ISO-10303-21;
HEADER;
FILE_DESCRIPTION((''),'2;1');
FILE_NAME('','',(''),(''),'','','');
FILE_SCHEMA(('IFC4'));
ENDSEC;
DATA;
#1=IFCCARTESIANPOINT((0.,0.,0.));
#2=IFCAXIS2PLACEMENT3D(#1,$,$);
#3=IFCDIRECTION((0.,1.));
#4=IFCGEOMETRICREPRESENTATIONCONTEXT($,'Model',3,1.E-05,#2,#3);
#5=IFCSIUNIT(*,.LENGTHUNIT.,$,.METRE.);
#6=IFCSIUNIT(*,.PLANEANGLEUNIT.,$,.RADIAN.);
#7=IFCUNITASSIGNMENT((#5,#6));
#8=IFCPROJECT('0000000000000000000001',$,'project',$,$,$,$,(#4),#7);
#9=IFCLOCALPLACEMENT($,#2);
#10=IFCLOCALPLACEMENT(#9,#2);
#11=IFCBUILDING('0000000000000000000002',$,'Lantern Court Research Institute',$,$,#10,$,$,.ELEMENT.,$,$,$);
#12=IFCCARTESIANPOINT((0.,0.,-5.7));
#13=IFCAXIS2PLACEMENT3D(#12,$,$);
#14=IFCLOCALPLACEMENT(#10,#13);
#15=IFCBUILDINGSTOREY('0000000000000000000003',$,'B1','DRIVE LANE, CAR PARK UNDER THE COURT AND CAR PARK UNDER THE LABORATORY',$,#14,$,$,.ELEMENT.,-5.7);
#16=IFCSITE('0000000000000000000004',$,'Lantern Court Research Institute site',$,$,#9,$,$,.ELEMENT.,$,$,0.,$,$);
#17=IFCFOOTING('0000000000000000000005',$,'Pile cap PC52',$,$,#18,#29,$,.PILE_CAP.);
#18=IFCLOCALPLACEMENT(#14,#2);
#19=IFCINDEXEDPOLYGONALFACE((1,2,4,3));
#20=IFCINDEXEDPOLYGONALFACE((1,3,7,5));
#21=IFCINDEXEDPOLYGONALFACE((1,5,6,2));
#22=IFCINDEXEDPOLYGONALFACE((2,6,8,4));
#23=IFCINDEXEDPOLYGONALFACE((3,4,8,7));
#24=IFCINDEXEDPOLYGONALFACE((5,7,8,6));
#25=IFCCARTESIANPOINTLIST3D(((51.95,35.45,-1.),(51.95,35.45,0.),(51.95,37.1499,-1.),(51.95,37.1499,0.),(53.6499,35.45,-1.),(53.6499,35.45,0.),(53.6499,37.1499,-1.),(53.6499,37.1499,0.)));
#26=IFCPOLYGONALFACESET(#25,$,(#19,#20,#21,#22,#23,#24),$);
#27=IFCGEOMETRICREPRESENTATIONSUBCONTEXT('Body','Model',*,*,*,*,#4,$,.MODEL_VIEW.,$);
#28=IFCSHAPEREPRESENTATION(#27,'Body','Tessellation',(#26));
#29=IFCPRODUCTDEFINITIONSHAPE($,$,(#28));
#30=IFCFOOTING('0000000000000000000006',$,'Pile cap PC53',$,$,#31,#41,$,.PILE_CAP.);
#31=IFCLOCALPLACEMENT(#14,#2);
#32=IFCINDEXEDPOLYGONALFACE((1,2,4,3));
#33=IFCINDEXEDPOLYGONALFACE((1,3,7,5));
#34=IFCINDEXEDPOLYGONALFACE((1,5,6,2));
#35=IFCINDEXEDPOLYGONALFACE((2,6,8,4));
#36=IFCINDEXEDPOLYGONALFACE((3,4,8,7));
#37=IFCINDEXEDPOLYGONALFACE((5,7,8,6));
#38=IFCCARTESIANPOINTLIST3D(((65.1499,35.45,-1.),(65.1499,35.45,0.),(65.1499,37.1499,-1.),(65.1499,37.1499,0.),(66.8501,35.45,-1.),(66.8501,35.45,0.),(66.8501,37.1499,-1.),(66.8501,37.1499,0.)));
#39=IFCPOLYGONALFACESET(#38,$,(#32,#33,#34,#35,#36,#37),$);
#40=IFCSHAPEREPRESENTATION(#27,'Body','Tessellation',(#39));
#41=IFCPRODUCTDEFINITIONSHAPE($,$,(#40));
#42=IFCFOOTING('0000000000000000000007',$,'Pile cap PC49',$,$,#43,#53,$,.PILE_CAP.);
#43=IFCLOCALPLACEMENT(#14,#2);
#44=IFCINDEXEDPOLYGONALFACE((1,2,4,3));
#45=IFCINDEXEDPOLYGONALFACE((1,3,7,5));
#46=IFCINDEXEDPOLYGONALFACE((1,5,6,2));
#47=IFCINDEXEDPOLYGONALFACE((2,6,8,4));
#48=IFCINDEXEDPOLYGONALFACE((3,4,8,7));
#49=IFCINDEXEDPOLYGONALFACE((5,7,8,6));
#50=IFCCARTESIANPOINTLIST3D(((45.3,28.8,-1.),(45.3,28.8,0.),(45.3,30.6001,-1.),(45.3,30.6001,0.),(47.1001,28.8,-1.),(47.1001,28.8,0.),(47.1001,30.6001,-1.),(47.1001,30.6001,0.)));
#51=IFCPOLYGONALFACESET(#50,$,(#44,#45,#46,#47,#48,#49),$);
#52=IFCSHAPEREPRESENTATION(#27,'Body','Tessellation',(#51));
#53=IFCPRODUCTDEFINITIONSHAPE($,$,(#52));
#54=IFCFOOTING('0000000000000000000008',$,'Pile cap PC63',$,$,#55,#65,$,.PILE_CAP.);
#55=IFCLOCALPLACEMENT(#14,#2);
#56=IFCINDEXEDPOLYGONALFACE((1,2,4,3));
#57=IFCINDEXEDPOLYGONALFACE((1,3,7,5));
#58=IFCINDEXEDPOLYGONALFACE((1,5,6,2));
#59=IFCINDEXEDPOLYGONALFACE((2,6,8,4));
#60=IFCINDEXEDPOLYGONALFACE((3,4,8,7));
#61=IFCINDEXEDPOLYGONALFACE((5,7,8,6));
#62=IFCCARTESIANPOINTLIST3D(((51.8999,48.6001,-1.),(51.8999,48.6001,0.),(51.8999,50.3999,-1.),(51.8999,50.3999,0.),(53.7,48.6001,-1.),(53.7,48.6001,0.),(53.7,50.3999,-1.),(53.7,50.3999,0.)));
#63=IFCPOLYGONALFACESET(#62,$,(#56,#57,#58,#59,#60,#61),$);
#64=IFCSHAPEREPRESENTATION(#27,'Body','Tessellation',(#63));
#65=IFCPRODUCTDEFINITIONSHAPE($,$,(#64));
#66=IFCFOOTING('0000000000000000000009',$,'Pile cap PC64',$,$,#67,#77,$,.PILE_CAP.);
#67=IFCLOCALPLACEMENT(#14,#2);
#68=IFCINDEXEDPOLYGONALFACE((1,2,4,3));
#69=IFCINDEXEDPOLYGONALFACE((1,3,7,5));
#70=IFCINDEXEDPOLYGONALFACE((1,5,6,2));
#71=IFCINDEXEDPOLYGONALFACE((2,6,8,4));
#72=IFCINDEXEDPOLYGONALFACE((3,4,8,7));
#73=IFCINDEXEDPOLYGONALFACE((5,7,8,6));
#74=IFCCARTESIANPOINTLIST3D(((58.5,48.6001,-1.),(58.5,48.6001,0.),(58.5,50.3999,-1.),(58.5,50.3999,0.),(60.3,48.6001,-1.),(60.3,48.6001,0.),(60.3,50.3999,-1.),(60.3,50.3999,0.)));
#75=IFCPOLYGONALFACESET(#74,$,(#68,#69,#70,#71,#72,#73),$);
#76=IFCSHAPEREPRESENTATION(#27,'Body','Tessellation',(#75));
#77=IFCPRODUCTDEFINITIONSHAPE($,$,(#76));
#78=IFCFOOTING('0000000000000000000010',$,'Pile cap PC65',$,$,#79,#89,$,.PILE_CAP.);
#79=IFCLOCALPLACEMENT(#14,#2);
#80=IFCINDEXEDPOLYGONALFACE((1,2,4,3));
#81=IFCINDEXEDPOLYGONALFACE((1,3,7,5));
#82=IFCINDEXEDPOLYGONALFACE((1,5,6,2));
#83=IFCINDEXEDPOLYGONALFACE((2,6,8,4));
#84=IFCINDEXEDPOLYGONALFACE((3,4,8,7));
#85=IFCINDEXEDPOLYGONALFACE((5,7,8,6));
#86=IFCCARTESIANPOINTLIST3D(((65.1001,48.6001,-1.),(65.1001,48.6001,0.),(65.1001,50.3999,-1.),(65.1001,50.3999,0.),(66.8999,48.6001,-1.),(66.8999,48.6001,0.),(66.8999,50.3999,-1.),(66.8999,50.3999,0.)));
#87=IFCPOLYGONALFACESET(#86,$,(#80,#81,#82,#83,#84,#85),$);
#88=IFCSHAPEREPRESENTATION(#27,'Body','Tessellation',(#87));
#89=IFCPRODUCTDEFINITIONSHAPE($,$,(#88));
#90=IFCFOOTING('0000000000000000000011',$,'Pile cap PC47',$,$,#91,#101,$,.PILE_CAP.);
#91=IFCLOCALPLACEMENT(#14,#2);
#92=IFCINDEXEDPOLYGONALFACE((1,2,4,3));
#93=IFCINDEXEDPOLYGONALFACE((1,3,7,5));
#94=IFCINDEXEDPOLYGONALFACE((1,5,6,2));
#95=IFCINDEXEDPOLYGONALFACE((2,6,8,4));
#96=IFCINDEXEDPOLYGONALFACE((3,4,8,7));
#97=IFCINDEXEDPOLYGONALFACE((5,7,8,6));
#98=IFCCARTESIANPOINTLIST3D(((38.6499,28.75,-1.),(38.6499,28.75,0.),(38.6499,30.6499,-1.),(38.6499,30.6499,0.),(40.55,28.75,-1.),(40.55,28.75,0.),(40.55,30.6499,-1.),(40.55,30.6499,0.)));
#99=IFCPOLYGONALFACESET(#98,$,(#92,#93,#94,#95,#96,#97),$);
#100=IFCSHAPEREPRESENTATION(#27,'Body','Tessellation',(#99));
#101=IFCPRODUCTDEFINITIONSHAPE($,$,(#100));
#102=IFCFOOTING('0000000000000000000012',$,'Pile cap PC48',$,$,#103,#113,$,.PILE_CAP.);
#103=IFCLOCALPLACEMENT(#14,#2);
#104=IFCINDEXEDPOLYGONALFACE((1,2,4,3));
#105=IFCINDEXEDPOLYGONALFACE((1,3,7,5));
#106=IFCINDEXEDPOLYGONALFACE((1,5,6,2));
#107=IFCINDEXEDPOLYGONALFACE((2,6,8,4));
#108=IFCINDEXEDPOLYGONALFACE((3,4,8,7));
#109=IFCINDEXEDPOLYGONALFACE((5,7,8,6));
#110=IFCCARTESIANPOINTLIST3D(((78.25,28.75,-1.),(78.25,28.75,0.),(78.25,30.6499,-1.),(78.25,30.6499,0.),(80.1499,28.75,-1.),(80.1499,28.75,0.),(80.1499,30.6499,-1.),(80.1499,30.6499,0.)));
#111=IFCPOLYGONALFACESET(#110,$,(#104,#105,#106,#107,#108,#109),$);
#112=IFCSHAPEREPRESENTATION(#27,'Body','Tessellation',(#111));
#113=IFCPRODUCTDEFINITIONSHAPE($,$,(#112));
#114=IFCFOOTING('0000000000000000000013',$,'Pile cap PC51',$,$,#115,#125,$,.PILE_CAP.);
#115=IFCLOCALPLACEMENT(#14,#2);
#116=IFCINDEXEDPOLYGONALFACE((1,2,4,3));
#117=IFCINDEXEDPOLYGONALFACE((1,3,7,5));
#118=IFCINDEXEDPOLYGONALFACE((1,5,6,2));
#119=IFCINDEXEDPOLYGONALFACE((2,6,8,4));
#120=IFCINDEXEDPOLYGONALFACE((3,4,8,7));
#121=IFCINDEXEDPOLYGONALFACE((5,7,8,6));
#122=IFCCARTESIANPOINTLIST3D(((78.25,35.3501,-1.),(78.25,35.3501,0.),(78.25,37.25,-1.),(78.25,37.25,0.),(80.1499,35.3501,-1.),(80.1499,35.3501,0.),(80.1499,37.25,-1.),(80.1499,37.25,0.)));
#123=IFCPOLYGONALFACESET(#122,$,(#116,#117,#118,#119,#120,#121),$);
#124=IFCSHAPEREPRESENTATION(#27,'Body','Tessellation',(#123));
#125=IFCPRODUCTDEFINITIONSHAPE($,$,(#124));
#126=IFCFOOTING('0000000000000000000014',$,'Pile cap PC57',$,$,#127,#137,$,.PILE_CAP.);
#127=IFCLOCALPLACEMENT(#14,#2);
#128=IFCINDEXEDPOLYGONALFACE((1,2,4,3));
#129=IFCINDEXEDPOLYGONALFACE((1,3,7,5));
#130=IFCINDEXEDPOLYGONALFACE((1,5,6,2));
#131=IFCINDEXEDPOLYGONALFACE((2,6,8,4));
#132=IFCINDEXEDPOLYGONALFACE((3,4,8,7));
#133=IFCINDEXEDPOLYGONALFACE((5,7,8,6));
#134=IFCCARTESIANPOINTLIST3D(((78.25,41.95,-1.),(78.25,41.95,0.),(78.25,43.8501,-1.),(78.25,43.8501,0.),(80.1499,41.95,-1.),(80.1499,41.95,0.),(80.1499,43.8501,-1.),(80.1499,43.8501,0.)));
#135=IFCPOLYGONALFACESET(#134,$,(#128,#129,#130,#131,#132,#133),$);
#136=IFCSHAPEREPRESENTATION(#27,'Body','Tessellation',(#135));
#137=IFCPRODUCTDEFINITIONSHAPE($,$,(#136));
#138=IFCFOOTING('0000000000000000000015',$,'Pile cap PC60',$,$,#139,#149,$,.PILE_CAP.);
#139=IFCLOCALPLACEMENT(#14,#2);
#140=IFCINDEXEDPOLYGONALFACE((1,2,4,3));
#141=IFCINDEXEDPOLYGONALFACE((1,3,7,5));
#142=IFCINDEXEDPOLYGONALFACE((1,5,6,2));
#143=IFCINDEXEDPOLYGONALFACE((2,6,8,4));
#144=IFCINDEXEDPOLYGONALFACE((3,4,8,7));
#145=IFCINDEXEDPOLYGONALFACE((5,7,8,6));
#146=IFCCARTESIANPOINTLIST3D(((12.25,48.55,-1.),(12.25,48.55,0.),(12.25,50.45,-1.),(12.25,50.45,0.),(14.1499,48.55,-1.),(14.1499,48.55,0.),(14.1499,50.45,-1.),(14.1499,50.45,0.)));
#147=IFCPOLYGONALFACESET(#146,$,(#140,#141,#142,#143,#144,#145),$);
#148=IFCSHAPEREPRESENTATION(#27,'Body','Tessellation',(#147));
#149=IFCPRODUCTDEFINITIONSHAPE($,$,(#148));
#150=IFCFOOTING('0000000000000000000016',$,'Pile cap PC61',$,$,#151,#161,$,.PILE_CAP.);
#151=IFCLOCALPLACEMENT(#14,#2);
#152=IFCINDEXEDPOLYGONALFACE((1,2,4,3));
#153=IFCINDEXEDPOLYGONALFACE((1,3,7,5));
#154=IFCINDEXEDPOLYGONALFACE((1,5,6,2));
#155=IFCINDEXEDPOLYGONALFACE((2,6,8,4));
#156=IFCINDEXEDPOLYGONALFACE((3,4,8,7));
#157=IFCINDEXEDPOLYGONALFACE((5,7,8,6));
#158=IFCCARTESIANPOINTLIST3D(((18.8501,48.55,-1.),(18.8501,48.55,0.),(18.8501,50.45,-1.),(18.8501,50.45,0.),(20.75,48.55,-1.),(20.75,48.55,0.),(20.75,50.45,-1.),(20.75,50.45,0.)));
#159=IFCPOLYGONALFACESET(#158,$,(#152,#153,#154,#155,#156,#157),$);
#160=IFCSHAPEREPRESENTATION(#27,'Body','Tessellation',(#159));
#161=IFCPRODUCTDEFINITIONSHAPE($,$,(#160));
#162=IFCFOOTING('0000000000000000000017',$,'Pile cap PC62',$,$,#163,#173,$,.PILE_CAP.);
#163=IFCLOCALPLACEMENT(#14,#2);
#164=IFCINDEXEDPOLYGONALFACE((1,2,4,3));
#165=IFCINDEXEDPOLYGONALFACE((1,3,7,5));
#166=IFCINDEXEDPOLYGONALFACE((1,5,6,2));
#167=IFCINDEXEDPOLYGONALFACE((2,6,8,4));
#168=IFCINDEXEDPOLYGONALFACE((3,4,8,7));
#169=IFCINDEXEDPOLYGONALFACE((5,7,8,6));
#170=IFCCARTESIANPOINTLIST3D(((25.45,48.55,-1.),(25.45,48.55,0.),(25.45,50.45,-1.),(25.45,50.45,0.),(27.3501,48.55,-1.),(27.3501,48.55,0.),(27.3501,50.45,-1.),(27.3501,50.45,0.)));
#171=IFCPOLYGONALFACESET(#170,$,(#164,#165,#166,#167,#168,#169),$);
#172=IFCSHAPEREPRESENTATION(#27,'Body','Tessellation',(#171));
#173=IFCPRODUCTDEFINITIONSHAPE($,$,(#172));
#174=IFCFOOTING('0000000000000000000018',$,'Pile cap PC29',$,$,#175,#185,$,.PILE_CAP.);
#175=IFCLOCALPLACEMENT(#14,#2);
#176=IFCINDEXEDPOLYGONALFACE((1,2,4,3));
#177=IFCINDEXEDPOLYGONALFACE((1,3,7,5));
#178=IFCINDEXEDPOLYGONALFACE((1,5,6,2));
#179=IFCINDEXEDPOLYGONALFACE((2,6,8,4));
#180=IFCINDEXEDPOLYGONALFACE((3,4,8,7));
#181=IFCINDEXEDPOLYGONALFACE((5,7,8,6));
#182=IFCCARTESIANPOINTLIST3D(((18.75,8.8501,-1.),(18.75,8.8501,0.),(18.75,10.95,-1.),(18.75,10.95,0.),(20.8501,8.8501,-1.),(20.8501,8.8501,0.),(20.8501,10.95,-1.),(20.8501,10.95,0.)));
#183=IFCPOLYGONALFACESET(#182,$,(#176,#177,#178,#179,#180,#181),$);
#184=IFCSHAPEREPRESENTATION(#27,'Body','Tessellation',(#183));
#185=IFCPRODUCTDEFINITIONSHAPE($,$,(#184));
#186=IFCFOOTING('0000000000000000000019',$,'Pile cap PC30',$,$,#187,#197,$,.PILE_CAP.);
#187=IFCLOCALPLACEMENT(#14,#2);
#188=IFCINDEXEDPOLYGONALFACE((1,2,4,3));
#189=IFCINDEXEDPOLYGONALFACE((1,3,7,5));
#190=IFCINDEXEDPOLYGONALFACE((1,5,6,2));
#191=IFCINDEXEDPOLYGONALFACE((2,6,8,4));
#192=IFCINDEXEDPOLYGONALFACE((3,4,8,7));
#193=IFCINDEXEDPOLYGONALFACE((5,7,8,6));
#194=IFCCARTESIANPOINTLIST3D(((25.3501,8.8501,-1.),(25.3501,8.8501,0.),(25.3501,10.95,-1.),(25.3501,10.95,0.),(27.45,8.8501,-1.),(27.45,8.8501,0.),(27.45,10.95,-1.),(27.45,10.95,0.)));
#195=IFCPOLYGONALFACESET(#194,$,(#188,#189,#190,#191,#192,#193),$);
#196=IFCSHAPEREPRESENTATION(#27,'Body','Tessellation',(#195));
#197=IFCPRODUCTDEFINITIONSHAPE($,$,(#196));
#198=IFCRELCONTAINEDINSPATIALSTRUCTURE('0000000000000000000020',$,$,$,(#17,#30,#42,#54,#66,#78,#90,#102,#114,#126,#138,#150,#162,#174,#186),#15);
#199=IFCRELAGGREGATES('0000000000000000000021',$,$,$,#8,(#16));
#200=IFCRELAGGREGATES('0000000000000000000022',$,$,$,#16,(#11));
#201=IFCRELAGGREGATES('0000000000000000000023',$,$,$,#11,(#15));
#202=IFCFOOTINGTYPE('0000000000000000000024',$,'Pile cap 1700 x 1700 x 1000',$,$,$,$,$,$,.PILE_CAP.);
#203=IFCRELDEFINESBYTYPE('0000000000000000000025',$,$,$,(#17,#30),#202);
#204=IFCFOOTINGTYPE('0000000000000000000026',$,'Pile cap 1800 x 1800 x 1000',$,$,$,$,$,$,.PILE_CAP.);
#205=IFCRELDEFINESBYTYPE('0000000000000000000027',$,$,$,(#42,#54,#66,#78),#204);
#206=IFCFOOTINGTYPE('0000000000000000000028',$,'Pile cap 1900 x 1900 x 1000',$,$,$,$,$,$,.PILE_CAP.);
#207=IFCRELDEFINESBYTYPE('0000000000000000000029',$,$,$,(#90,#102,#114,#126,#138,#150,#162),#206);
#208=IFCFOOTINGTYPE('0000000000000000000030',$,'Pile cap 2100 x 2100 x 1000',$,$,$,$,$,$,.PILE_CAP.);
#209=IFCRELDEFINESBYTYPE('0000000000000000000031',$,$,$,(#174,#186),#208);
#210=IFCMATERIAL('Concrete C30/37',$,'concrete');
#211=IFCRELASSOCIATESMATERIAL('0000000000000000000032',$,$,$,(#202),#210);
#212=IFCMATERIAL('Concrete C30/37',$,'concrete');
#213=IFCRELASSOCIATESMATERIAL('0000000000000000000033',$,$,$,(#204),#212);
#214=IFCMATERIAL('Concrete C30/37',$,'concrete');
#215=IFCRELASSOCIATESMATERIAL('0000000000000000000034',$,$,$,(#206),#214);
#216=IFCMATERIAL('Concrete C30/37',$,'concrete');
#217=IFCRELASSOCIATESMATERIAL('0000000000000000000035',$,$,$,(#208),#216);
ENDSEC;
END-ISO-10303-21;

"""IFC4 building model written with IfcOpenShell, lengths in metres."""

from ifc_helpers import new_model, si_unit, direction, frame, origin, place, context, subcontext, project, spatial, polyline, outline, extrude, material, type_object, element, save


model = new_model("IFC4")

# Units and contexts
model_context = context("Model", 3, precision=1e-05, world=origin(), true_north=direction((0.0, 1.0)))
body_context = subcontext(model_context, "Body", "Model", "MODEL_VIEW")
ifc_project = project(units=[si_unit("LENGTHUNIT", "METRE"), si_unit("PLANEANGLEUNIT", "RADIAN")], contexts=[model_context])

# Site, building, storey
site_placement = place(None, origin())
site = spatial("IfcSite", under=ifc_project, at=site_placement, Name="Lantern Court Research Institute site", CompositionType="ELEMENT", RefElevation=0.0)
building_placement = place(site_placement, origin())
building = spatial("IfcBuilding", under=site, at=building_placement, Name="Lantern Court Research Institute", CompositionType="ELEMENT")
storey_placement = place(building_placement, frame((0.0, 0.0, -5.7)))
storey = spatial("IfcBuildingStorey", under=building, at=storey_placement, Name="B1", Description="DRIVE LANE, CAR PARK UNDER THE COURT AND CAR PARK UNDER THE LABORATORY", CompositionType="ELEMENT", Elevation=-5.7)

# Footings
ifc_material_1 = material(Name="Concrete C30/37", Category="concrete")
footing_type_1 = type_object("IfcFootingType", Name="Pile cap 1700 x 1700 x 1000", PredefinedType="PILE_CAP", material=ifc_material_1)
footing_1_placement = place(storey_placement, frame((0.0, 0.0, -1.0)))
element("IfcFooting", 1, at=footing_1_placement, inside=storey, type_object=footing_type_1, Name="Pile cap PC52", PredefinedType="PILE_CAP", context=body_context, shape_type="SweptSolid", body=[
    extrude(outline(polyline([(51.95, 35.45), (53.6499, 35.45), (53.6499, 37.1499), (51.95, 37.1499), (51.95, 35.45)])), origin(), (0.0, 0.0, 1.0), 1.0),
])
footing_2_placement = place(storey_placement, frame((0.0, 0.0, -1.0)))
element("IfcFooting", 2, at=footing_2_placement, inside=storey, type_object=footing_type_1, Name="Pile cap PC53", PredefinedType="PILE_CAP", context=body_context, shape_type="SweptSolid", body=[
    extrude(outline(polyline([(65.1499, 35.45), (66.8501, 35.45), (66.8501, 37.1499), (65.1499, 37.1499), (65.1499, 35.45)])), origin(), (0.0, 0.0, 1.0), 1.0),
])
ifc_material_2 = material(Name="Concrete C30/37", Category="concrete")
footing_type_2 = type_object("IfcFootingType", Name="Pile cap 1800 x 1800 x 1000", PredefinedType="PILE_CAP", material=ifc_material_2)
footing_3_placement = place(storey_placement, frame((0.0, 0.0, -1.0)))
element("IfcFooting", 3, at=footing_3_placement, inside=storey, type_object=footing_type_2, Name="Pile cap PC49", PredefinedType="PILE_CAP", context=body_context, shape_type="SweptSolid", body=[
    extrude(outline(polyline([(45.3, 28.8), (47.1001, 28.8), (47.1001, 30.6001), (45.3, 30.6001), (45.3, 28.8)])), origin(), (0.0, 0.0, 1.0), 1.0),
])
footing_4_placement = place(storey_placement, frame((0.0, 0.0, -1.0)))
element("IfcFooting", 4, at=footing_4_placement, inside=storey, type_object=footing_type_2, Name="Pile cap PC63", PredefinedType="PILE_CAP", context=body_context, shape_type="SweptSolid", body=[
    extrude(outline(polyline([(51.8999, 48.6001), (53.7, 48.6001), (53.7, 50.3999), (51.8999, 50.3999), (51.8999, 48.6001)])), origin(), (0.0, 0.0, 1.0), 1.0),
])
footing_5_placement = place(storey_placement, frame((0.0, 0.0, -1.0)))
element("IfcFooting", 5, at=footing_5_placement, inside=storey, type_object=footing_type_2, Name="Pile cap PC64", PredefinedType="PILE_CAP", context=body_context, shape_type="SweptSolid", body=[
    extrude(outline(polyline([(58.5, 48.6001), (60.3, 48.6001), (60.3, 50.3999), (58.5, 50.3999), (58.5, 48.6001)])), origin(), (0.0, 0.0, 1.0), 1.0),
])
footing_6_placement = place(storey_placement, frame((0.0, 0.0, -1.0)))
element("IfcFooting", 6, at=footing_6_placement, inside=storey, type_object=footing_type_2, Name="Pile cap PC65", PredefinedType="PILE_CAP", context=body_context, shape_type="SweptSolid", body=[
    extrude(outline(polyline([(65.1001, 48.6001), (66.8999, 48.6001), (66.8999, 50.3999), (65.1001, 50.3999), (65.1001, 48.6001)])), origin(), (0.0, 0.0, 1.0), 1.0),
])
ifc_material_3 = material(Name="Concrete C30/37", Category="concrete")
footing_type_3 = type_object("IfcFootingType", Name="Pile cap 1900 x 1900 x 1000", PredefinedType="PILE_CAP", material=ifc_material_3)
footing_7_placement = place(storey_placement, frame((0.0, 0.0, -1.0)))
element("IfcFooting", 7, at=footing_7_placement, inside=storey, type_object=footing_type_3, Name="Pile cap PC47", PredefinedType="PILE_CAP", context=body_context, shape_type="SweptSolid", body=[
    extrude(outline(polyline([(38.6499, 28.75), (40.55, 28.75), (40.55, 30.6499), (38.6499, 30.6499), (38.6499, 28.75)])), origin(), (0.0, 0.0, 1.0), 1.0),
])
footing_8_placement = place(storey_placement, frame((0.0, 0.0, -1.0)))
element("IfcFooting", 8, at=footing_8_placement, inside=storey, type_object=footing_type_3, Name="Pile cap PC48", PredefinedType="PILE_CAP", context=body_context, shape_type="SweptSolid", body=[
    extrude(outline(polyline([(78.25, 28.75), (80.1499, 28.75), (80.1499, 30.6499), (78.25, 30.6499), (78.25, 28.75)])), origin(), (0.0, 0.0, 1.0), 1.0),
])
footing_9_placement = place(storey_placement, frame((0.0, 0.0, -1.0)))
element("IfcFooting", 9, at=footing_9_placement, inside=storey, type_object=footing_type_3, Name="Pile cap PC51", PredefinedType="PILE_CAP", context=body_context, shape_type="SweptSolid", body=[
    extrude(outline(polyline([(78.25, 35.3501), (80.1499, 35.3501), (80.1499, 37.25), (78.25, 37.25), (78.25, 35.3501)])), origin(), (0.0, 0.0, 1.0), 1.0),
])
footing_10_placement = place(storey_placement, frame((0.0, 0.0, -1.0)))
element("IfcFooting", 10, at=footing_10_placement, inside=storey, type_object=footing_type_3, Name="Pile cap PC57", PredefinedType="PILE_CAP", context=body_context, shape_type="SweptSolid", body=[
    extrude(outline(polyline([(78.25, 41.95), (80.1499, 41.95), (80.1499, 43.8501), (78.25, 43.8501), (78.25, 41.95)])), origin(), (0.0, 0.0, 1.0), 1.0),
])
footing_11_placement = place(storey_placement, frame((0.0, 0.0, -1.0)))
element("IfcFooting", 11, at=footing_11_placement, inside=storey, type_object=footing_type_3, Name="Pile cap PC60", PredefinedType="PILE_CAP", context=body_context, shape_type="SweptSolid", body=[
    extrude(outline(polyline([(12.25, 48.55), (14.1499, 48.55), (14.1499, 50.45), (12.25, 50.45), (12.25, 48.55)])), origin(), (0.0, 0.0, 1.0), 1.0),
])
footing_12_placement = place(storey_placement, frame((0.0, 0.0, -1.0)))
element("IfcFooting", 12, at=footing_12_placement, inside=storey, type_object=footing_type_3, Name="Pile cap PC61", PredefinedType="PILE_CAP", context=body_context, shape_type="SweptSolid", body=[
    extrude(outline(polyline([(18.8501, 48.55), (20.75, 48.55), (20.75, 50.45), (18.8501, 50.45), (18.8501, 48.55)])), origin(), (0.0, 0.0, 1.0), 1.0),
])
footing_13_placement = place(storey_placement, frame((0.0, 0.0, -1.0)))
element("IfcFooting", 13, at=footing_13_placement, inside=storey, type_object=footing_type_3, Name="Pile cap PC62", PredefinedType="PILE_CAP", context=body_context, shape_type="SweptSolid", body=[
    extrude(outline(polyline([(25.45, 48.55), (27.3501, 48.55), (27.3501, 50.45), (25.45, 50.45), (25.45, 48.55)])), origin(), (0.0, 0.0, 1.0), 1.0),
])
ifc_material_4 = material(Name="Concrete C30/37", Category="concrete")
footing_type_4 = type_object("IfcFootingType", Name="Pile cap 2100 x 2100 x 1000", PredefinedType="PILE_CAP", material=ifc_material_4)
footing_14_placement = place(storey_placement, frame((0.0, 0.0, -1.0)))
element("IfcFooting", 14, at=footing_14_placement, inside=storey, type_object=footing_type_4, Name="Pile cap PC29", PredefinedType="PILE_CAP", context=body_context, shape_type="SweptSolid", body=[
    extrude(outline(polyline([(18.75, 8.8501), (20.8501, 8.8501), (20.8501, 10.95), (18.75, 10.95), (18.75, 8.8501)])), origin(), (0.0, 0.0, 1.0), 1.0),
])
footing_15_placement = place(storey_placement, frame((0.0, 0.0, -1.0)))
element("IfcFooting", 15, at=footing_15_placement, inside=storey, type_object=footing_type_4, Name="Pile cap PC30", PredefinedType="PILE_CAP", context=body_context, shape_type="SweptSolid", body=[
    extrude(outline(polyline([(25.3501, 8.8501), (27.45, 8.8501), (27.45, 10.95), (25.3501, 10.95), (25.3501, 8.8501)])), origin(), (0.0, 0.0, 1.0), 1.0),
])

save(model, "model.ifc")
